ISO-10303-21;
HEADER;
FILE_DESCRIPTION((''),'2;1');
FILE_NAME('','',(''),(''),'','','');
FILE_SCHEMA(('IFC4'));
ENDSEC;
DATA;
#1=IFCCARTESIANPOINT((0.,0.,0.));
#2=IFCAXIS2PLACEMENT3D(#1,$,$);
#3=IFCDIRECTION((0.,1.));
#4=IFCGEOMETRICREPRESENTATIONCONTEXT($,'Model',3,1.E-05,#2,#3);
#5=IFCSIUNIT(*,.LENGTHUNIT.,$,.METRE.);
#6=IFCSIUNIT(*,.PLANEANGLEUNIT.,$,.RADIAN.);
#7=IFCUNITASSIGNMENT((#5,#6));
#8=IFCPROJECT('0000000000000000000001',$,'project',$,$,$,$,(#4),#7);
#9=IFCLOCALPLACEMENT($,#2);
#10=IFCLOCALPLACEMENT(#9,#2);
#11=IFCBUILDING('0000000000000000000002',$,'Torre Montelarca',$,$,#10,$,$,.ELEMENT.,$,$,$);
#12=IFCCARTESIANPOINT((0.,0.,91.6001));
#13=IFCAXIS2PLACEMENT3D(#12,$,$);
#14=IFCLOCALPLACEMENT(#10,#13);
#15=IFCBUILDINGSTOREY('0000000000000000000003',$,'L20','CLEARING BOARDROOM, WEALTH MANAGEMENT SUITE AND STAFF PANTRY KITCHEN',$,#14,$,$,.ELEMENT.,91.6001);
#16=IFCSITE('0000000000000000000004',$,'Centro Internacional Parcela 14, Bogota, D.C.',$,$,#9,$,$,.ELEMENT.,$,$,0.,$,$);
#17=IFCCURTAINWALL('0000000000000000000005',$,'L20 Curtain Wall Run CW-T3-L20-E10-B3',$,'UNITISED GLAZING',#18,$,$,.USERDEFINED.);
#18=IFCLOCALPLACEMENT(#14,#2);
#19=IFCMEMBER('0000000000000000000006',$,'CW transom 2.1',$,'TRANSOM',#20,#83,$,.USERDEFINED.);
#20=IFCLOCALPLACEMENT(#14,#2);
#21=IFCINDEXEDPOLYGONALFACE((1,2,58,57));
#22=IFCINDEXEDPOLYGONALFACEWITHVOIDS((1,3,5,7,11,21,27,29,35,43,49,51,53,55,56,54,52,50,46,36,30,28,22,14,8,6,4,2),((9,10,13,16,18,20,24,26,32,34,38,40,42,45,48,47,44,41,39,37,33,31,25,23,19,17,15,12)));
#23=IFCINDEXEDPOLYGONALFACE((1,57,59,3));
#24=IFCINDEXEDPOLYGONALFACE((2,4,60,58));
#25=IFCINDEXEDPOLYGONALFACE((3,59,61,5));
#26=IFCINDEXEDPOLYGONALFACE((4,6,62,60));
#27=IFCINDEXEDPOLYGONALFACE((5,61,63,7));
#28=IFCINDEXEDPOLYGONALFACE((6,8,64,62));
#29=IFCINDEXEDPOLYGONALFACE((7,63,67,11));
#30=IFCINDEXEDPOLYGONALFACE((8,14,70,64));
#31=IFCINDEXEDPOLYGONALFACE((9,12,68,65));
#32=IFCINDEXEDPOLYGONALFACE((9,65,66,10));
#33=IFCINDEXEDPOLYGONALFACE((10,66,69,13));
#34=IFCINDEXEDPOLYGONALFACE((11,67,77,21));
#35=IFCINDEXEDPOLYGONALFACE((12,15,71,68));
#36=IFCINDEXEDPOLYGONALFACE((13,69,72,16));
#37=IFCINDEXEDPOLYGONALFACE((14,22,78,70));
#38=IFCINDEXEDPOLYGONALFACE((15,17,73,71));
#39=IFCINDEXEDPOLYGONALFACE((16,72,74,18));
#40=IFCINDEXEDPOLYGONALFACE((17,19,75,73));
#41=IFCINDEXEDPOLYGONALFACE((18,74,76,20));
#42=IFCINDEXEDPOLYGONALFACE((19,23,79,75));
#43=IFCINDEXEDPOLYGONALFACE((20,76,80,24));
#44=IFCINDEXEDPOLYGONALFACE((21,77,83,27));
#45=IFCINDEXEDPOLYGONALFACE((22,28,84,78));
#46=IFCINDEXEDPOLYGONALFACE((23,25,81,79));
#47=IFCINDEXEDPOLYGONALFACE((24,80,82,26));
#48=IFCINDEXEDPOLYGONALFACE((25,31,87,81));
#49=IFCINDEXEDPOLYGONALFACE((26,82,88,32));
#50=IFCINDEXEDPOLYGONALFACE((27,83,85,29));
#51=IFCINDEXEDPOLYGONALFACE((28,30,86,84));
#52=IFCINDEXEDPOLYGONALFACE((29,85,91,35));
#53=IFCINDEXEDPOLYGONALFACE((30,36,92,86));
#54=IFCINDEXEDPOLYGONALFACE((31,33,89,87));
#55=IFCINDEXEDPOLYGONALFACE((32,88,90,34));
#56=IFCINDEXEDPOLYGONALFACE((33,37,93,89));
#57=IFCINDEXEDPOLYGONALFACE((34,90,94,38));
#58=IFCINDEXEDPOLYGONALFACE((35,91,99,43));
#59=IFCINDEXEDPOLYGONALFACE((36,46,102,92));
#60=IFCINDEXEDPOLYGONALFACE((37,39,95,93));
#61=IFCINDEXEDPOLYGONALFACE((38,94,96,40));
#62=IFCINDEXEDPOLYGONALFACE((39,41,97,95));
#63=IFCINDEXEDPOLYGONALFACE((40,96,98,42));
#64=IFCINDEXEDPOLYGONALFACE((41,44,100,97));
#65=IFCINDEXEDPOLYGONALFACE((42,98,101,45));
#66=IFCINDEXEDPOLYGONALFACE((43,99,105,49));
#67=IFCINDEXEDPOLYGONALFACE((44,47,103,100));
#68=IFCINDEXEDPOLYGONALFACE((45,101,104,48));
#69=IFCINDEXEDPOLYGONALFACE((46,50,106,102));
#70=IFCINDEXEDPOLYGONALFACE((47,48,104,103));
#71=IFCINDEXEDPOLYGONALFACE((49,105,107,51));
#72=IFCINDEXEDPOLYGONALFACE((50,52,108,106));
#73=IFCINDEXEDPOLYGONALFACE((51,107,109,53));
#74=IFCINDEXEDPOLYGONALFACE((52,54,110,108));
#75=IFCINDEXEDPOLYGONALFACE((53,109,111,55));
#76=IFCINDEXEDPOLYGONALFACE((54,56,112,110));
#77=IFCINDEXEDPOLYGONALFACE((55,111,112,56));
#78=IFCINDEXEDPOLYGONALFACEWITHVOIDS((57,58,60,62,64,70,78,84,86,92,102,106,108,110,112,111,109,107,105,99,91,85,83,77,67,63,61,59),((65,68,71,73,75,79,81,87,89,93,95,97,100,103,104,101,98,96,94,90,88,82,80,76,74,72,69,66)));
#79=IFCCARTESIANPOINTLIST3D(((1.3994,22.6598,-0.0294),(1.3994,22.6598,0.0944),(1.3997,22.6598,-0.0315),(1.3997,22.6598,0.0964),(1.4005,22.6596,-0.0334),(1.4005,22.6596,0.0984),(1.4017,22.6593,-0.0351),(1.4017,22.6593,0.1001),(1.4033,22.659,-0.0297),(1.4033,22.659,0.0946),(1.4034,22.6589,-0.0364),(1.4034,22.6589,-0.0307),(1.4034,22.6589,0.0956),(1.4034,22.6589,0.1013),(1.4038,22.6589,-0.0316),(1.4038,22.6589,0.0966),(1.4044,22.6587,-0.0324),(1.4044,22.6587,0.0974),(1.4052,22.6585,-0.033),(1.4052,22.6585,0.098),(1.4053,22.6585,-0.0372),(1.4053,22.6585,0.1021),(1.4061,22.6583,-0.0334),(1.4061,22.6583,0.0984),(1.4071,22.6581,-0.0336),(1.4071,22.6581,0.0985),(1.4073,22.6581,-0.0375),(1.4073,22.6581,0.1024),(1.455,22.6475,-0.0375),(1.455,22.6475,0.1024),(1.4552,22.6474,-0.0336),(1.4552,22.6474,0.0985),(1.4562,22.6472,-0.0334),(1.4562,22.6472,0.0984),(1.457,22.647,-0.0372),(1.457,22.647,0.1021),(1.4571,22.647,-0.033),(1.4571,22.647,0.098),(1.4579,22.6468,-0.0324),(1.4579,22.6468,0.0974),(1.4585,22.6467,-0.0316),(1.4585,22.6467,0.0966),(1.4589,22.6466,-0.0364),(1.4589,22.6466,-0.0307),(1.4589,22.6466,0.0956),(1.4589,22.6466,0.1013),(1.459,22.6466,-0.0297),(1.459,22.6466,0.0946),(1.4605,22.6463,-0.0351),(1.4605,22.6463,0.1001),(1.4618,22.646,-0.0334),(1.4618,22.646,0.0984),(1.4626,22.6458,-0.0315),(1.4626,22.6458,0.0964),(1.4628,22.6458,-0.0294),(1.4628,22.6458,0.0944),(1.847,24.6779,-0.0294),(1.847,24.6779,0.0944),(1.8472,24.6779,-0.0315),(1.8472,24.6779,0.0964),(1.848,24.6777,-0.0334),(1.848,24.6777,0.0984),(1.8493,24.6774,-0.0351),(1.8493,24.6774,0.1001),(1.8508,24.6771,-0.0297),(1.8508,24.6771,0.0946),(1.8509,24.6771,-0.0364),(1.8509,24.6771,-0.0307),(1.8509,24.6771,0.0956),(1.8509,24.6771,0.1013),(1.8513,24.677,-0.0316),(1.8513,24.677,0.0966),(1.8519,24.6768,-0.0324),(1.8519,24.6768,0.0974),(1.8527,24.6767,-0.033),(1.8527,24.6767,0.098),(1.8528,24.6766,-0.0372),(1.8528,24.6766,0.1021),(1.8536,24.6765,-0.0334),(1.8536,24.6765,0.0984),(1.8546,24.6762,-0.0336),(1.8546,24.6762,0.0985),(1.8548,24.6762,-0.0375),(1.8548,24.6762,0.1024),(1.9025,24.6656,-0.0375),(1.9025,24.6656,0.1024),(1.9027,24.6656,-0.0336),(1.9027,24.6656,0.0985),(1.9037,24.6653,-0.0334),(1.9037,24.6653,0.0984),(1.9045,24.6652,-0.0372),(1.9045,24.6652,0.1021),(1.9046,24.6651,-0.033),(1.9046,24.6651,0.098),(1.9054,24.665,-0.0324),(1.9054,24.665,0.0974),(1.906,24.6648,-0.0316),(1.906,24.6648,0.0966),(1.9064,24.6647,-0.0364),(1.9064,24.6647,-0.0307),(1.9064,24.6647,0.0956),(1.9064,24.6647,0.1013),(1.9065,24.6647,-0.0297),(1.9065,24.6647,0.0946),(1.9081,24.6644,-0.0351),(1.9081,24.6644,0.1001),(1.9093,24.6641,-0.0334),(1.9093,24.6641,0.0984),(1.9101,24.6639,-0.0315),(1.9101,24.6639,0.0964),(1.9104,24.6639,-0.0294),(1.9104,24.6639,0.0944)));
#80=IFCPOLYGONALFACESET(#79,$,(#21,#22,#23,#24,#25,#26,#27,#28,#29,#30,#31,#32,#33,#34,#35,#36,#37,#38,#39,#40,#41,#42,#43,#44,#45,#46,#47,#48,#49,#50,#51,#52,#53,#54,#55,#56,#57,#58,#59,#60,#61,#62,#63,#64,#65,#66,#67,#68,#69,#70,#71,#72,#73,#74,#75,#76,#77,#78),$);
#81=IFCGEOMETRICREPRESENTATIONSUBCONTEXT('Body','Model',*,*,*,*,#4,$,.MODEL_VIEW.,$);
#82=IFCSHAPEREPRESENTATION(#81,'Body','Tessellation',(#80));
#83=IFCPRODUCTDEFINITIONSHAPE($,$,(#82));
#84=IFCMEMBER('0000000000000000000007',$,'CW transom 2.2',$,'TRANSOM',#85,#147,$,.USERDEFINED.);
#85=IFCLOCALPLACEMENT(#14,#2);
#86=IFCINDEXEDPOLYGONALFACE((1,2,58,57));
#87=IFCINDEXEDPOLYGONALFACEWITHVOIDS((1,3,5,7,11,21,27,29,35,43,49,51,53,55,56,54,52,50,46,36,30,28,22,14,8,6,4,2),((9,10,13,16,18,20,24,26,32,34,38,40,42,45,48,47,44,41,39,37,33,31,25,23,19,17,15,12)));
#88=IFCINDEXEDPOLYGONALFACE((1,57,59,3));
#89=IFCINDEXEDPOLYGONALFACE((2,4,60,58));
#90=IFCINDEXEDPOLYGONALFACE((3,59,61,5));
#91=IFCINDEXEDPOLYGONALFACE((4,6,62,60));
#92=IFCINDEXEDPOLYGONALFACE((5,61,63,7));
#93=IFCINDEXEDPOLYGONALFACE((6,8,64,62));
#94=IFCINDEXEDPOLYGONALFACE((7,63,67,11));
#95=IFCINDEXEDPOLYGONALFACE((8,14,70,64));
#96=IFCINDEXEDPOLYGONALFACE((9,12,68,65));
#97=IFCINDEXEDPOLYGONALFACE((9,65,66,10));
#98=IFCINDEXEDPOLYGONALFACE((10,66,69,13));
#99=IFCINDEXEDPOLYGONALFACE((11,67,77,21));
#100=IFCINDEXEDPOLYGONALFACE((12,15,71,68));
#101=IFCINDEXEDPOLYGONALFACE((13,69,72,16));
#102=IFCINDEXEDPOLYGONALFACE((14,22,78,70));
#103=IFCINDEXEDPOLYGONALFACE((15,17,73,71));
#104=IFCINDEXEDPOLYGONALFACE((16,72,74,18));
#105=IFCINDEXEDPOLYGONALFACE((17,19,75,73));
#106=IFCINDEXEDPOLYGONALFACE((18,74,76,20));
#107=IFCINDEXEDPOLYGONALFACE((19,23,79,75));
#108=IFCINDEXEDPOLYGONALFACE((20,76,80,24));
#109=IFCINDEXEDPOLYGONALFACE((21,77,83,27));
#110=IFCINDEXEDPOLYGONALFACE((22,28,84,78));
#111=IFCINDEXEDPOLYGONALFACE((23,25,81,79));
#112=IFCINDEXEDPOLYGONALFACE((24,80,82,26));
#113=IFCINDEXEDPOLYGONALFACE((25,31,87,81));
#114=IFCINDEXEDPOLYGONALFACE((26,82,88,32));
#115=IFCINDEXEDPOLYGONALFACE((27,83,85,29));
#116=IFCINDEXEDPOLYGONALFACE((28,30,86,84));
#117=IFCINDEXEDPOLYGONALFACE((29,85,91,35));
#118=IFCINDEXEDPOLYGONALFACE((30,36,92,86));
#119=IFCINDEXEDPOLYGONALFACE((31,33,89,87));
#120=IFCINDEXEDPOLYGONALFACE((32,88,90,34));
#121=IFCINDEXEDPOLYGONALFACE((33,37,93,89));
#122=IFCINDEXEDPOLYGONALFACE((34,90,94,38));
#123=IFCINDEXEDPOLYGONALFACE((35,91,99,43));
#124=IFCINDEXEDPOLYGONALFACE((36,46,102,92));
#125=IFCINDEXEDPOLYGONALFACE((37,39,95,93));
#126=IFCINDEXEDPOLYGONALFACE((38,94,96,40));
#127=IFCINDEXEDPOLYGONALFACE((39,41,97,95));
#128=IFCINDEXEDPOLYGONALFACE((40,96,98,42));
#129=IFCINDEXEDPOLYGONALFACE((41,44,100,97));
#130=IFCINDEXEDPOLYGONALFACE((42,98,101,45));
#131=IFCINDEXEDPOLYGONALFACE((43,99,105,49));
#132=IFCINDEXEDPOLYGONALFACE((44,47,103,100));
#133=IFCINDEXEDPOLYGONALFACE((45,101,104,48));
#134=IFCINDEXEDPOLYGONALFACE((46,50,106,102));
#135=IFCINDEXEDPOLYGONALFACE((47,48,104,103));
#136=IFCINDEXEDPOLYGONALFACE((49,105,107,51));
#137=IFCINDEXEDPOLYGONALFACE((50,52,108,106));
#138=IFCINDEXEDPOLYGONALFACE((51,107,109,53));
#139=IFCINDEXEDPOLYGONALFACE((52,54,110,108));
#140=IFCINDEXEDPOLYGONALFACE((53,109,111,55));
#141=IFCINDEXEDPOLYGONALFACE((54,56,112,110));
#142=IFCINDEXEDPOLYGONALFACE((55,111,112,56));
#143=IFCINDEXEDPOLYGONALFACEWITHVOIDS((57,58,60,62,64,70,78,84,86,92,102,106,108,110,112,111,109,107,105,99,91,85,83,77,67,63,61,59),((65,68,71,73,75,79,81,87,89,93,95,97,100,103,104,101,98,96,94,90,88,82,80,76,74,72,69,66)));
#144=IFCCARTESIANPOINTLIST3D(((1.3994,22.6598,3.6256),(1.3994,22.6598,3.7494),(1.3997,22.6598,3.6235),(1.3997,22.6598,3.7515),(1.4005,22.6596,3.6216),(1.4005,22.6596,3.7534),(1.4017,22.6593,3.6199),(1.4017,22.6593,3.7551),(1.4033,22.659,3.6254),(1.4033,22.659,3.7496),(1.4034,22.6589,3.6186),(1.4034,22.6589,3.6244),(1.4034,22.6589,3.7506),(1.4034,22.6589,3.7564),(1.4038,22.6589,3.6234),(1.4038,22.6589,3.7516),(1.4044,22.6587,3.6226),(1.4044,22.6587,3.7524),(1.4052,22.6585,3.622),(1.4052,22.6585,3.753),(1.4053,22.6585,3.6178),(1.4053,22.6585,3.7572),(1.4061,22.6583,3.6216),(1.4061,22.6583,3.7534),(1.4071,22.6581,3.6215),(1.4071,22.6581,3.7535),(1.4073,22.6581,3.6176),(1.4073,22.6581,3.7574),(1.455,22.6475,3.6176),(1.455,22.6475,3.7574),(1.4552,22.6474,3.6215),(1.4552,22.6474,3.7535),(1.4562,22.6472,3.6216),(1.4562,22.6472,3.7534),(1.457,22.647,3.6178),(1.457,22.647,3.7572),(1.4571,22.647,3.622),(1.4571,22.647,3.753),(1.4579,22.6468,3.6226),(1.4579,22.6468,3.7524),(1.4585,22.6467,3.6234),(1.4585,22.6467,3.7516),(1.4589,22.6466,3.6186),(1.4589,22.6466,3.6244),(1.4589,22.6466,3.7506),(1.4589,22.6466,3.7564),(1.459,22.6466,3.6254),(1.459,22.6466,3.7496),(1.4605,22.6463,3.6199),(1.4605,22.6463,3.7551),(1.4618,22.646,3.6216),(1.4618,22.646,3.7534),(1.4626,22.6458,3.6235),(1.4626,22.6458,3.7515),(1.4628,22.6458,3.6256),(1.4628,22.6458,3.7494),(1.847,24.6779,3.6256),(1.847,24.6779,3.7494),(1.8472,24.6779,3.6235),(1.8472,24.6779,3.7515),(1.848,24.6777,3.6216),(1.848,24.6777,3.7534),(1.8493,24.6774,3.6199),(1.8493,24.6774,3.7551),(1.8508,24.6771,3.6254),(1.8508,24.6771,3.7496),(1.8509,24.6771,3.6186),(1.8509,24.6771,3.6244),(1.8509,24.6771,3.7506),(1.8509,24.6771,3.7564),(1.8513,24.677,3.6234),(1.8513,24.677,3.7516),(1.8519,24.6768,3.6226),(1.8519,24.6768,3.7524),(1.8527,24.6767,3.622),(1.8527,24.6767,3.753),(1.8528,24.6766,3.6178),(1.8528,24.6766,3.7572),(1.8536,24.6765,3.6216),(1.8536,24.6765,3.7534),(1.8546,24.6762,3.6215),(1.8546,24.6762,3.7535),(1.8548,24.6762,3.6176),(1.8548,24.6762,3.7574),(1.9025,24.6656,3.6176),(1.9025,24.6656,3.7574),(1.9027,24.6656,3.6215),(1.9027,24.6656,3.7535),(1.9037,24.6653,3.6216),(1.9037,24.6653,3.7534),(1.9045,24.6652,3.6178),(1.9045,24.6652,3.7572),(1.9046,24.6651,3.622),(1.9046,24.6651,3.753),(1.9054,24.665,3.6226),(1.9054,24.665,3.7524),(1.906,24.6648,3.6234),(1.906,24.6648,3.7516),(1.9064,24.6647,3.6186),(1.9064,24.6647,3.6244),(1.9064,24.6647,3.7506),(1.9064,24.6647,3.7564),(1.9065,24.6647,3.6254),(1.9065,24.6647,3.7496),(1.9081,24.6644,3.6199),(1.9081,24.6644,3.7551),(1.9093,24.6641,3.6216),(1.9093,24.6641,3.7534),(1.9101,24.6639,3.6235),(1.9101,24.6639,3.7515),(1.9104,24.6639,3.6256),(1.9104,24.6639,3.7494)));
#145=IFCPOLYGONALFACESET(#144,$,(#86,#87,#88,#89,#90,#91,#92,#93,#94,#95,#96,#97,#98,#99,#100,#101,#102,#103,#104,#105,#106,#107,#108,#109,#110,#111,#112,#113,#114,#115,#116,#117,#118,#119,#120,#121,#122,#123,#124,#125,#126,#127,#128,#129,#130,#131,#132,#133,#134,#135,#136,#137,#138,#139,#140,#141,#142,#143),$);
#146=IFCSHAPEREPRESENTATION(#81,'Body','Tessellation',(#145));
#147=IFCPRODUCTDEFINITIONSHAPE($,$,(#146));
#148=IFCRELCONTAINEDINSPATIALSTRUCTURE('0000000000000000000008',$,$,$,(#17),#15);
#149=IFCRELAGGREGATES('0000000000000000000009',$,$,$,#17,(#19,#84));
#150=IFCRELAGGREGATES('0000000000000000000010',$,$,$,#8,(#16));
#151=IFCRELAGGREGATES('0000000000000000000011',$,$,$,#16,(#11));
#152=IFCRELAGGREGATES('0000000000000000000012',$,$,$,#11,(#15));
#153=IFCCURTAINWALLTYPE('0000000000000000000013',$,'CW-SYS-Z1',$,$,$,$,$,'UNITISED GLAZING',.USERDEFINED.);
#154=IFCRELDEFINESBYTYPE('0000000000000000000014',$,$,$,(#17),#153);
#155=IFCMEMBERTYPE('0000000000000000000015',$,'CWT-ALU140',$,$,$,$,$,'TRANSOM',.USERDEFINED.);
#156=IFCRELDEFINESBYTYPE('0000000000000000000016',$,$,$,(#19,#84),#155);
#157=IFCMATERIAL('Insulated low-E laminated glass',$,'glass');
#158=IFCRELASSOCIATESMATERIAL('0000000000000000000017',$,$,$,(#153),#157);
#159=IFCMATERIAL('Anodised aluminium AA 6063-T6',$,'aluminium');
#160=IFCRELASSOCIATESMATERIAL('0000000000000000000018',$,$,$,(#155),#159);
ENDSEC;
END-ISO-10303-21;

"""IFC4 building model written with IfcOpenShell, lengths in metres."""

from ifc_helpers import new_model, si_unit, direction, frame, origin, origin_2d, place, context, subcontext, project, spatial, hollow_rectangle, extrude, source, transform, mapped, material, material_profile, profile_set, type_object, element, aggregate, save


model = new_model("IFC4")

# Units and contexts
model_context = context("Model", 3, precision=1e-05, world=origin(), true_north=direction((0.0, 1.0)))
body_context = subcontext(model_context, "Body", "Model", "MODEL_VIEW")
ifc_project = project(units=[si_unit("LENGTHUNIT", "METRE"), si_unit("PLANEANGLEUNIT", "RADIAN")], contexts=[model_context])

# Site, building, storey
site_placement = place(None, origin())
site = spatial("IfcSite", under=ifc_project, at=site_placement, Name="Centro Internacional Parcela 14, Bogota, D.C.", CompositionType="ELEMENT", RefElevation=0.0)
building_placement = place(site_placement, origin())
building = spatial("IfcBuilding", under=site, at=building_placement, Name="Torre Montelarca", CompositionType="ELEMENT")
storey_placement = place(building_placement, frame((0.0, 0.0, 91.6001)))
storey = spatial("IfcBuildingStorey", under=building, at=storey_placement, Name="L20", Description="CLEARING BOARDROOM, WEALTH MANAGEMENT SUITE AND STAFF PANTRY KITCHEN", CompositionType="ELEMENT", Elevation=91.6001)

# Curtain wall, members
ifc_material_1 = material(Name="Insulated low-E laminated glass", Category="glass")
curtain_wall_type = type_object("IfcCurtainWallType", Name="CW-SYS-Z1", ElementType="UNITISED GLAZING", PredefinedType="USERDEFINED", material=ifc_material_1)
curtain_wall_1_placement = place(storey_placement, origin())
curtain_wall_1 = element("IfcCurtainWall", 1, at=curtain_wall_1_placement, inside=storey, type_object=curtain_wall_type, Name="L20 Curtain Wall Run CW-T3-L20-E10-B3", ObjectType="UNITISED GLAZING", PredefinedType="USERDEFINED")
ifc_material_2 = material(Name="Anodised aluminium AA 6063-T6", Category="aluminium")
ifc_material_profile_1 = material_profile(ifc_material_2, hollow_rectangle(XDim=0.0649, YDim=0.1399, WallThickness=0.0039, InnerFilletRadius=0.0039, OuterFilletRadius=0.0081, at=origin_2d()), Name="ALU65X140X4", Category="aluminium")
ifc_profile_set_1 = profile_set([ifc_material_profile_1], Name="Anodised aluminium AA 6063-T6")
member_type_1 = type_object("IfcMemberType", Name="CWT-ALU140", ElementType="TRANSOM", PredefinedType="USERDEFINED", material=ifc_profile_set_1)
shared_shape_1 = source(origin(), body_context, "Body", "SweptSolid", [
    extrude(hollow_rectangle(XDim=0.0649, YDim=0.1399, WallThickness=0.0039, InnerFilletRadius=0.0039, OuterFilletRadius=0.0081, at=origin_2d()), origin(), (0.0, 0.0, 1.0), 2.0671),
])
member_1_placement = place(storey_placement, frame((1.8787, 24.6709, 0.0325), z_axis=(-0.216493, -0.976284, 0.0), x_axis=(0.976284, -0.216493, 0.0)))
member_1 = element("IfcMember", 2, at=member_1_placement, type_object=member_type_1, Name="CW transom 2.1", ObjectType="TRANSOM", PredefinedType="USERDEFINED", context=body_context, shape_type="MappedRepresentation", body=[
    mapped(shared_shape_1, transform((0.0, 0.0, 0.0), scale=1.0)),
])
member_2_placement = place(storey_placement, frame((1.8787, 24.6709, 3.6875), z_axis=(-0.216493, -0.976284, 0.0), x_axis=(0.976284, -0.216493, 0.0)))
member_2 = element("IfcMember", 3, at=member_2_placement, type_object=member_type_1, Name="CW transom 2.2", ObjectType="TRANSOM", PredefinedType="USERDEFINED", context=body_context, shape_type="MappedRepresentation", body=[
    mapped(shared_shape_1, transform((0.0, 0.0, 0.0), scale=1.0)),
])

aggregate(curtain_wall_1, [member_1, member_2])

save(model, "model.ifc")
